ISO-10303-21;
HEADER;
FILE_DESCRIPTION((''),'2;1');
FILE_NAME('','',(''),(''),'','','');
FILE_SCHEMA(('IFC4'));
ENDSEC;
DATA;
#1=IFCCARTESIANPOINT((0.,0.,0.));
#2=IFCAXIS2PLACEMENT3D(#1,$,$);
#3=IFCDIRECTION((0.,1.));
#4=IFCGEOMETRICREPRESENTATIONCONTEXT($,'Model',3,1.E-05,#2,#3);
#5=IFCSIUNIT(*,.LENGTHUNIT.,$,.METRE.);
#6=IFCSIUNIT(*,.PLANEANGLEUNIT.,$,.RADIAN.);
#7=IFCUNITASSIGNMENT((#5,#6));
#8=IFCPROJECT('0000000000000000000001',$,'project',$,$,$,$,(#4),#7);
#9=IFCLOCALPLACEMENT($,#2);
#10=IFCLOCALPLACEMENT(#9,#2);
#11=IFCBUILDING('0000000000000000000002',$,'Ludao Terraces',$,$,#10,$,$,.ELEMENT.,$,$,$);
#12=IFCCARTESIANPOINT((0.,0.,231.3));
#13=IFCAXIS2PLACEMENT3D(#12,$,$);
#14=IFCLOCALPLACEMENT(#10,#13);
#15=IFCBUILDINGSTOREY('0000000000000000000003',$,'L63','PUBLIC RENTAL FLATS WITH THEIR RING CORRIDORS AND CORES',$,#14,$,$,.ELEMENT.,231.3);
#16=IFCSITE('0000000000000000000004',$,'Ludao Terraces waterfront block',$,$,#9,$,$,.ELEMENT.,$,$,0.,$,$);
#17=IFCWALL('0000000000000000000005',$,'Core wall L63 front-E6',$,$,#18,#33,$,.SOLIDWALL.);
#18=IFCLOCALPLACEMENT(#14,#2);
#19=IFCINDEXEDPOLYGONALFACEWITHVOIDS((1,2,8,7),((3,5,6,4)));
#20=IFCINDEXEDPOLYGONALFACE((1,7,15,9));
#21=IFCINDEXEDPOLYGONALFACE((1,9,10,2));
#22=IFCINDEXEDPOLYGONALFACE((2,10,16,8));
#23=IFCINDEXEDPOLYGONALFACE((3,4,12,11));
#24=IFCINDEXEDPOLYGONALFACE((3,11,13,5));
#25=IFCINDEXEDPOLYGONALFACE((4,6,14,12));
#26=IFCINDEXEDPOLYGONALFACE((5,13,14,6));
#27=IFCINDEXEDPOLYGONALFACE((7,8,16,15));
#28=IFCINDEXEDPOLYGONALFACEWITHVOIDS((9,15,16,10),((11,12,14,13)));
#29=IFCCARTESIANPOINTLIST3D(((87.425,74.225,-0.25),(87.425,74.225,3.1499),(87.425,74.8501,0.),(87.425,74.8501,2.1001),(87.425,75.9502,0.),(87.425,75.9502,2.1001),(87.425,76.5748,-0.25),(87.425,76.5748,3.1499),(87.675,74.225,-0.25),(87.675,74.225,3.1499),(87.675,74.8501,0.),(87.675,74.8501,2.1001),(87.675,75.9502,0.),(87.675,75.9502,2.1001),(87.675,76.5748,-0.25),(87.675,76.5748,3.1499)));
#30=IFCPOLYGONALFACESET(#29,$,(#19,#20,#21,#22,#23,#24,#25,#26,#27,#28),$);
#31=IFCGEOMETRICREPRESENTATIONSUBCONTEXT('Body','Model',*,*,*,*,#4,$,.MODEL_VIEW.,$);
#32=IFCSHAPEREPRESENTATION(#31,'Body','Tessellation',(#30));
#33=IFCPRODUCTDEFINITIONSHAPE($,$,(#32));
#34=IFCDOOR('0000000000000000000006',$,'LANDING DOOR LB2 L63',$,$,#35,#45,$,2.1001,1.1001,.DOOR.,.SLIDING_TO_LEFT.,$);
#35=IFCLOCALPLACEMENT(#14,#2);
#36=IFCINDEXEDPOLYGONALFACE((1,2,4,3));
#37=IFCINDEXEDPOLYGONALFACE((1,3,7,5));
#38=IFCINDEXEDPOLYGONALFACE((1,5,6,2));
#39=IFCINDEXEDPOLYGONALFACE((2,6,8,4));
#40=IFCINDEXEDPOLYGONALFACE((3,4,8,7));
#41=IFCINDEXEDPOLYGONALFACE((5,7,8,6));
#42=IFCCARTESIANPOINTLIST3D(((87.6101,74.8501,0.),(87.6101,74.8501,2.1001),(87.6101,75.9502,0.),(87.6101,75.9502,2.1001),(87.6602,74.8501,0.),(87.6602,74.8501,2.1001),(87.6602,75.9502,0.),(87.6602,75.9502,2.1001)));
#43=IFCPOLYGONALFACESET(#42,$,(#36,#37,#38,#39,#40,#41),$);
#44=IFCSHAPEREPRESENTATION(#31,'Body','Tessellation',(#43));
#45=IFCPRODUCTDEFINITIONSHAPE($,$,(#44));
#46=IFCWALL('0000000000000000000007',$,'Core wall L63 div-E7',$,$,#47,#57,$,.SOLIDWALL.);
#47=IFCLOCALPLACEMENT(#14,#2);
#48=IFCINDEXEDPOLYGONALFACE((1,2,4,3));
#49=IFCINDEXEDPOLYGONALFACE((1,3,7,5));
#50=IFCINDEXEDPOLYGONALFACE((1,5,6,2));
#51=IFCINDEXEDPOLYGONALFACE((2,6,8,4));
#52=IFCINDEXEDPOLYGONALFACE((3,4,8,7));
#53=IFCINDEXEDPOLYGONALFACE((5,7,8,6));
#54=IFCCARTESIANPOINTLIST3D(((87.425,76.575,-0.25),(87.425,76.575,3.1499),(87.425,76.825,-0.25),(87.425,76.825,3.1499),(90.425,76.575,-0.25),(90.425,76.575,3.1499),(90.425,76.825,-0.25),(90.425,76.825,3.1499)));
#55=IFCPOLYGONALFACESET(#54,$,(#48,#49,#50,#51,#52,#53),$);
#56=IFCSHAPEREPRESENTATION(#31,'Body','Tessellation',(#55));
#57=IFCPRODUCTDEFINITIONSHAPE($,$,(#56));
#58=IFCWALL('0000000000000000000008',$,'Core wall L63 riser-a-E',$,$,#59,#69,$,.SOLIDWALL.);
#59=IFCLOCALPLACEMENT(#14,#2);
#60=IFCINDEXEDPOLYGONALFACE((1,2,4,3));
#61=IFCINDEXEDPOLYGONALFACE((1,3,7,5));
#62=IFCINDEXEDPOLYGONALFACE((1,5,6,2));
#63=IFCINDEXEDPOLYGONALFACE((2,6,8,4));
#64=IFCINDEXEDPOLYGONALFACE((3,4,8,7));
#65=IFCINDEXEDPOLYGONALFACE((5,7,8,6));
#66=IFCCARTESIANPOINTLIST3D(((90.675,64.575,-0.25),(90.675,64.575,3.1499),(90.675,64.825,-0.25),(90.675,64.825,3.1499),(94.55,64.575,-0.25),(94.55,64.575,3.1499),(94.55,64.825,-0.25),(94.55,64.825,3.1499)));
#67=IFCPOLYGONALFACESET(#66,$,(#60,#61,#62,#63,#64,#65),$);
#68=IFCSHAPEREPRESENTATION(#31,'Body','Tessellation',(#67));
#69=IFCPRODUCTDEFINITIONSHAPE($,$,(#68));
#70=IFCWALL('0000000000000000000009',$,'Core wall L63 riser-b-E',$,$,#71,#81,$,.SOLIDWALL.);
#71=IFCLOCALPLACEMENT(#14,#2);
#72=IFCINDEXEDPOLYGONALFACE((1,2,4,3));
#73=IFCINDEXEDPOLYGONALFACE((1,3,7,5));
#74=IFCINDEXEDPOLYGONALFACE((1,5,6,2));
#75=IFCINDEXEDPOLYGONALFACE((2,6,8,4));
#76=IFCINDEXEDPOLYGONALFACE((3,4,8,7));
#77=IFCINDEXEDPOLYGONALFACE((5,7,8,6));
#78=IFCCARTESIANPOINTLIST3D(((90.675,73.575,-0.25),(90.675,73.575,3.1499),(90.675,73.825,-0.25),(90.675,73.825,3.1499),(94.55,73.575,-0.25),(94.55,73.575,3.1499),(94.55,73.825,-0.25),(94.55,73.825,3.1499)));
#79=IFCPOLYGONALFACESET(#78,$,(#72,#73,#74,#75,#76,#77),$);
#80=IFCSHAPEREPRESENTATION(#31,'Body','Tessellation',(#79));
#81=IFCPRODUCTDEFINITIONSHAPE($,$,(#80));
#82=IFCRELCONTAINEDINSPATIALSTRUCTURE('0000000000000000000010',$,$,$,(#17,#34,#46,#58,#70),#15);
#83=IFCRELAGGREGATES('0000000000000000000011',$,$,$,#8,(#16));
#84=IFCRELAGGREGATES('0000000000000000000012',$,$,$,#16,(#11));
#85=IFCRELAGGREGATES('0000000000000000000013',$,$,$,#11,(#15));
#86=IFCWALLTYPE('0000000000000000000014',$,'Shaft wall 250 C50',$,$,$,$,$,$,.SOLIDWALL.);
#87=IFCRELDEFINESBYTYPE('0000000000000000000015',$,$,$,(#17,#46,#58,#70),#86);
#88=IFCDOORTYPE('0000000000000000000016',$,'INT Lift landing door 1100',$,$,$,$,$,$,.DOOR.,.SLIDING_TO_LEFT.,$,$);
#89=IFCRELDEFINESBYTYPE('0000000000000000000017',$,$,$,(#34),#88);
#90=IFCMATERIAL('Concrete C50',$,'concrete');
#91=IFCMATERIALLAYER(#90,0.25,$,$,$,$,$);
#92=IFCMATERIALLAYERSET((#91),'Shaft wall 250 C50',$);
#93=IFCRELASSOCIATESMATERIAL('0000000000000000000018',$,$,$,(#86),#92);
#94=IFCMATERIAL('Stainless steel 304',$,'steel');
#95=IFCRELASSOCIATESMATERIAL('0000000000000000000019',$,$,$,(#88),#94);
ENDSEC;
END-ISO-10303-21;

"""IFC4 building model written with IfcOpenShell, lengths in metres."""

from ifc_helpers import new_model, si_unit, direction, frame, frame_2d, origin, place, context, subcontext, project, spatial, rectangle, extrude, material, layer, layer_set, type_object, element, fill, save


model = new_model("IFC4")

# Units and contexts
model_context = context("Model", 3, precision=1e-05, world=origin(), true_north=direction((0.0, 1.0)))
body_context = subcontext(model_context, "Body", "Model", "MODEL_VIEW")
ifc_project = project(units=[si_unit("LENGTHUNIT", "METRE"), si_unit("PLANEANGLEUNIT", "RADIAN")], contexts=[model_context])

# Site, building, storey
site_placement = place(None, origin())
site = spatial("IfcSite", under=ifc_project, at=site_placement, Name="Ludao Terraces waterfront block", CompositionType="ELEMENT", RefElevation=0.0)
building_placement = place(site_placement, origin())
building = spatial("IfcBuilding", under=site, at=building_placement, Name="Ludao Terraces", CompositionType="ELEMENT")
storey_placement = place(building_placement, frame((0.0, 0.0, 231.3)))
storey = spatial("IfcBuildingStorey", under=building, at=storey_placement, Name="L63", Description="PUBLIC RENTAL FLATS WITH THEIR RING CORRIDORS AND CORES", CompositionType="ELEMENT", Elevation=231.3)

# Shared definitions
ifc_material_1 = material(Name="Concrete C50", Category="concrete")
ifc_layer_1 = layer(ifc_material_1, 0.25)
ifc_layer_set_1 = layer_set([ifc_layer_1], Name="Shaft wall 250 C50")
wall_type_1 = type_object("IfcWallType", Name="Shaft wall 250 C50", PredefinedType="SOLIDWALL", material=ifc_layer_set_1)

# Shared definitions
ifc_material_2 = material(Name="Stainless steel 304", Category="steel")
door_type_1 = type_object("IfcDoorType", Name="INT Lift landing door 1100", OperationType="SLIDING_TO_LEFT", PredefinedType="DOOR", material=ifc_material_2)

# Wall, opening, door
wall_1_placement = place(storey_placement, frame((87.55, 74.2251, -0.25), z_axis=(0.0, 0.0, 1.0), x_axis=(0.0, 1.0, 0.0)))
wall_1 = element("IfcWall", 1, at=wall_1_placement, inside=storey, type_object=wall_type_1, Name="Core wall L63 front-E6", PredefinedType="SOLIDWALL", context=body_context, shape_type="SweptSolid", body=[
    extrude(rectangle(XDim=2.3499, YDim=0.25, at=frame_2d((1.1748, 0.0))), origin(), (0.0, 0.0, 1.0), 3.3999),
])
opening_1_placement = place(wall_1_placement, frame((0.625, 0.0, 0.25)))
opening_1 = element("IfcOpeningElement", 2, at=opening_1_placement, cuts=wall_1, PredefinedType="OPENING", context=body_context, shape_type="SweptSolid", body=[
    extrude(rectangle(XDim=1.1001, YDim=2.1001, at=frame_2d((0.55, 1.05))), frame((0.0, 0.135, 0.0), z_axis=(0.0, -1.0, 0.0), x_axis=(1.0, 0.0, 0.0)), (0.0, 0.0, 1.0), 0.27),
])
door_1_placement = place(opening_1_placement, origin())
door_1 = element("IfcDoor", 3, at=door_1_placement, inside=storey, type_object=door_type_1, Name="LANDING DOOR LB2 L63", OperationType="SLIDING_TO_LEFT", OverallHeight=2.1001, OverallWidth=1.1001, PredefinedType="DOOR", context=body_context, shape_type="SweptSolid", body=[
    extrude(rectangle(XDim=1.1001, YDim=2.1001, at=frame_2d((0.55, 1.05))), frame((0.0, -0.0601, 0.0), z_axis=(0.0, -1.0, 0.0), x_axis=(1.0, 0.0, 0.0)), (0.0, 0.0, 1.0), 0.05),
])
fill(opening_1, door_1)

# Walls
wall_2_placement = place(storey_placement, frame((87.425, 76.7, -0.25), z_axis=(0.0, 0.0, 1.0), x_axis=(1.0, 0.0, 0.0)))
element("IfcWall", 4, at=wall_2_placement, inside=storey, type_object=wall_type_1, Name="Core wall L63 div-E7", PredefinedType="SOLIDWALL", context=body_context, shape_type="SweptSolid", body=[
    extrude(rectangle(XDim=3.0, YDim=0.25, at=frame_2d((1.5, 0.0))), origin(), (0.0, 0.0, 1.0), 3.3999),
])
for number, where, z_axis, x_axis, name in (
    (5, (90.675, 64.7, -0.25), (0.0, 0.0, 1.0), (1.0, 0.0, 0.0), "Core wall L63 riser-a-E"),
    (6, (90.675, 73.7, -0.25), (0.0, 0.0, 1.0), (1.0, 0.0, 0.0), "Core wall L63 riser-b-E"),
):
    element("IfcWall", number, at=place(storey_placement, frame(where, z_axis=z_axis, x_axis=x_axis)), inside=storey, type_object=wall_type_1, Name=name, PredefinedType="SOLIDWALL", context=body_context, shape_type="SweptSolid", body=[
        extrude(rectangle(XDim=3.875, YDim=0.25, at=frame_2d((1.9375, 0.0))), origin(), (0.0, 0.0, 1.0), 3.3999),
    ])

save(model, "model.ifc")
